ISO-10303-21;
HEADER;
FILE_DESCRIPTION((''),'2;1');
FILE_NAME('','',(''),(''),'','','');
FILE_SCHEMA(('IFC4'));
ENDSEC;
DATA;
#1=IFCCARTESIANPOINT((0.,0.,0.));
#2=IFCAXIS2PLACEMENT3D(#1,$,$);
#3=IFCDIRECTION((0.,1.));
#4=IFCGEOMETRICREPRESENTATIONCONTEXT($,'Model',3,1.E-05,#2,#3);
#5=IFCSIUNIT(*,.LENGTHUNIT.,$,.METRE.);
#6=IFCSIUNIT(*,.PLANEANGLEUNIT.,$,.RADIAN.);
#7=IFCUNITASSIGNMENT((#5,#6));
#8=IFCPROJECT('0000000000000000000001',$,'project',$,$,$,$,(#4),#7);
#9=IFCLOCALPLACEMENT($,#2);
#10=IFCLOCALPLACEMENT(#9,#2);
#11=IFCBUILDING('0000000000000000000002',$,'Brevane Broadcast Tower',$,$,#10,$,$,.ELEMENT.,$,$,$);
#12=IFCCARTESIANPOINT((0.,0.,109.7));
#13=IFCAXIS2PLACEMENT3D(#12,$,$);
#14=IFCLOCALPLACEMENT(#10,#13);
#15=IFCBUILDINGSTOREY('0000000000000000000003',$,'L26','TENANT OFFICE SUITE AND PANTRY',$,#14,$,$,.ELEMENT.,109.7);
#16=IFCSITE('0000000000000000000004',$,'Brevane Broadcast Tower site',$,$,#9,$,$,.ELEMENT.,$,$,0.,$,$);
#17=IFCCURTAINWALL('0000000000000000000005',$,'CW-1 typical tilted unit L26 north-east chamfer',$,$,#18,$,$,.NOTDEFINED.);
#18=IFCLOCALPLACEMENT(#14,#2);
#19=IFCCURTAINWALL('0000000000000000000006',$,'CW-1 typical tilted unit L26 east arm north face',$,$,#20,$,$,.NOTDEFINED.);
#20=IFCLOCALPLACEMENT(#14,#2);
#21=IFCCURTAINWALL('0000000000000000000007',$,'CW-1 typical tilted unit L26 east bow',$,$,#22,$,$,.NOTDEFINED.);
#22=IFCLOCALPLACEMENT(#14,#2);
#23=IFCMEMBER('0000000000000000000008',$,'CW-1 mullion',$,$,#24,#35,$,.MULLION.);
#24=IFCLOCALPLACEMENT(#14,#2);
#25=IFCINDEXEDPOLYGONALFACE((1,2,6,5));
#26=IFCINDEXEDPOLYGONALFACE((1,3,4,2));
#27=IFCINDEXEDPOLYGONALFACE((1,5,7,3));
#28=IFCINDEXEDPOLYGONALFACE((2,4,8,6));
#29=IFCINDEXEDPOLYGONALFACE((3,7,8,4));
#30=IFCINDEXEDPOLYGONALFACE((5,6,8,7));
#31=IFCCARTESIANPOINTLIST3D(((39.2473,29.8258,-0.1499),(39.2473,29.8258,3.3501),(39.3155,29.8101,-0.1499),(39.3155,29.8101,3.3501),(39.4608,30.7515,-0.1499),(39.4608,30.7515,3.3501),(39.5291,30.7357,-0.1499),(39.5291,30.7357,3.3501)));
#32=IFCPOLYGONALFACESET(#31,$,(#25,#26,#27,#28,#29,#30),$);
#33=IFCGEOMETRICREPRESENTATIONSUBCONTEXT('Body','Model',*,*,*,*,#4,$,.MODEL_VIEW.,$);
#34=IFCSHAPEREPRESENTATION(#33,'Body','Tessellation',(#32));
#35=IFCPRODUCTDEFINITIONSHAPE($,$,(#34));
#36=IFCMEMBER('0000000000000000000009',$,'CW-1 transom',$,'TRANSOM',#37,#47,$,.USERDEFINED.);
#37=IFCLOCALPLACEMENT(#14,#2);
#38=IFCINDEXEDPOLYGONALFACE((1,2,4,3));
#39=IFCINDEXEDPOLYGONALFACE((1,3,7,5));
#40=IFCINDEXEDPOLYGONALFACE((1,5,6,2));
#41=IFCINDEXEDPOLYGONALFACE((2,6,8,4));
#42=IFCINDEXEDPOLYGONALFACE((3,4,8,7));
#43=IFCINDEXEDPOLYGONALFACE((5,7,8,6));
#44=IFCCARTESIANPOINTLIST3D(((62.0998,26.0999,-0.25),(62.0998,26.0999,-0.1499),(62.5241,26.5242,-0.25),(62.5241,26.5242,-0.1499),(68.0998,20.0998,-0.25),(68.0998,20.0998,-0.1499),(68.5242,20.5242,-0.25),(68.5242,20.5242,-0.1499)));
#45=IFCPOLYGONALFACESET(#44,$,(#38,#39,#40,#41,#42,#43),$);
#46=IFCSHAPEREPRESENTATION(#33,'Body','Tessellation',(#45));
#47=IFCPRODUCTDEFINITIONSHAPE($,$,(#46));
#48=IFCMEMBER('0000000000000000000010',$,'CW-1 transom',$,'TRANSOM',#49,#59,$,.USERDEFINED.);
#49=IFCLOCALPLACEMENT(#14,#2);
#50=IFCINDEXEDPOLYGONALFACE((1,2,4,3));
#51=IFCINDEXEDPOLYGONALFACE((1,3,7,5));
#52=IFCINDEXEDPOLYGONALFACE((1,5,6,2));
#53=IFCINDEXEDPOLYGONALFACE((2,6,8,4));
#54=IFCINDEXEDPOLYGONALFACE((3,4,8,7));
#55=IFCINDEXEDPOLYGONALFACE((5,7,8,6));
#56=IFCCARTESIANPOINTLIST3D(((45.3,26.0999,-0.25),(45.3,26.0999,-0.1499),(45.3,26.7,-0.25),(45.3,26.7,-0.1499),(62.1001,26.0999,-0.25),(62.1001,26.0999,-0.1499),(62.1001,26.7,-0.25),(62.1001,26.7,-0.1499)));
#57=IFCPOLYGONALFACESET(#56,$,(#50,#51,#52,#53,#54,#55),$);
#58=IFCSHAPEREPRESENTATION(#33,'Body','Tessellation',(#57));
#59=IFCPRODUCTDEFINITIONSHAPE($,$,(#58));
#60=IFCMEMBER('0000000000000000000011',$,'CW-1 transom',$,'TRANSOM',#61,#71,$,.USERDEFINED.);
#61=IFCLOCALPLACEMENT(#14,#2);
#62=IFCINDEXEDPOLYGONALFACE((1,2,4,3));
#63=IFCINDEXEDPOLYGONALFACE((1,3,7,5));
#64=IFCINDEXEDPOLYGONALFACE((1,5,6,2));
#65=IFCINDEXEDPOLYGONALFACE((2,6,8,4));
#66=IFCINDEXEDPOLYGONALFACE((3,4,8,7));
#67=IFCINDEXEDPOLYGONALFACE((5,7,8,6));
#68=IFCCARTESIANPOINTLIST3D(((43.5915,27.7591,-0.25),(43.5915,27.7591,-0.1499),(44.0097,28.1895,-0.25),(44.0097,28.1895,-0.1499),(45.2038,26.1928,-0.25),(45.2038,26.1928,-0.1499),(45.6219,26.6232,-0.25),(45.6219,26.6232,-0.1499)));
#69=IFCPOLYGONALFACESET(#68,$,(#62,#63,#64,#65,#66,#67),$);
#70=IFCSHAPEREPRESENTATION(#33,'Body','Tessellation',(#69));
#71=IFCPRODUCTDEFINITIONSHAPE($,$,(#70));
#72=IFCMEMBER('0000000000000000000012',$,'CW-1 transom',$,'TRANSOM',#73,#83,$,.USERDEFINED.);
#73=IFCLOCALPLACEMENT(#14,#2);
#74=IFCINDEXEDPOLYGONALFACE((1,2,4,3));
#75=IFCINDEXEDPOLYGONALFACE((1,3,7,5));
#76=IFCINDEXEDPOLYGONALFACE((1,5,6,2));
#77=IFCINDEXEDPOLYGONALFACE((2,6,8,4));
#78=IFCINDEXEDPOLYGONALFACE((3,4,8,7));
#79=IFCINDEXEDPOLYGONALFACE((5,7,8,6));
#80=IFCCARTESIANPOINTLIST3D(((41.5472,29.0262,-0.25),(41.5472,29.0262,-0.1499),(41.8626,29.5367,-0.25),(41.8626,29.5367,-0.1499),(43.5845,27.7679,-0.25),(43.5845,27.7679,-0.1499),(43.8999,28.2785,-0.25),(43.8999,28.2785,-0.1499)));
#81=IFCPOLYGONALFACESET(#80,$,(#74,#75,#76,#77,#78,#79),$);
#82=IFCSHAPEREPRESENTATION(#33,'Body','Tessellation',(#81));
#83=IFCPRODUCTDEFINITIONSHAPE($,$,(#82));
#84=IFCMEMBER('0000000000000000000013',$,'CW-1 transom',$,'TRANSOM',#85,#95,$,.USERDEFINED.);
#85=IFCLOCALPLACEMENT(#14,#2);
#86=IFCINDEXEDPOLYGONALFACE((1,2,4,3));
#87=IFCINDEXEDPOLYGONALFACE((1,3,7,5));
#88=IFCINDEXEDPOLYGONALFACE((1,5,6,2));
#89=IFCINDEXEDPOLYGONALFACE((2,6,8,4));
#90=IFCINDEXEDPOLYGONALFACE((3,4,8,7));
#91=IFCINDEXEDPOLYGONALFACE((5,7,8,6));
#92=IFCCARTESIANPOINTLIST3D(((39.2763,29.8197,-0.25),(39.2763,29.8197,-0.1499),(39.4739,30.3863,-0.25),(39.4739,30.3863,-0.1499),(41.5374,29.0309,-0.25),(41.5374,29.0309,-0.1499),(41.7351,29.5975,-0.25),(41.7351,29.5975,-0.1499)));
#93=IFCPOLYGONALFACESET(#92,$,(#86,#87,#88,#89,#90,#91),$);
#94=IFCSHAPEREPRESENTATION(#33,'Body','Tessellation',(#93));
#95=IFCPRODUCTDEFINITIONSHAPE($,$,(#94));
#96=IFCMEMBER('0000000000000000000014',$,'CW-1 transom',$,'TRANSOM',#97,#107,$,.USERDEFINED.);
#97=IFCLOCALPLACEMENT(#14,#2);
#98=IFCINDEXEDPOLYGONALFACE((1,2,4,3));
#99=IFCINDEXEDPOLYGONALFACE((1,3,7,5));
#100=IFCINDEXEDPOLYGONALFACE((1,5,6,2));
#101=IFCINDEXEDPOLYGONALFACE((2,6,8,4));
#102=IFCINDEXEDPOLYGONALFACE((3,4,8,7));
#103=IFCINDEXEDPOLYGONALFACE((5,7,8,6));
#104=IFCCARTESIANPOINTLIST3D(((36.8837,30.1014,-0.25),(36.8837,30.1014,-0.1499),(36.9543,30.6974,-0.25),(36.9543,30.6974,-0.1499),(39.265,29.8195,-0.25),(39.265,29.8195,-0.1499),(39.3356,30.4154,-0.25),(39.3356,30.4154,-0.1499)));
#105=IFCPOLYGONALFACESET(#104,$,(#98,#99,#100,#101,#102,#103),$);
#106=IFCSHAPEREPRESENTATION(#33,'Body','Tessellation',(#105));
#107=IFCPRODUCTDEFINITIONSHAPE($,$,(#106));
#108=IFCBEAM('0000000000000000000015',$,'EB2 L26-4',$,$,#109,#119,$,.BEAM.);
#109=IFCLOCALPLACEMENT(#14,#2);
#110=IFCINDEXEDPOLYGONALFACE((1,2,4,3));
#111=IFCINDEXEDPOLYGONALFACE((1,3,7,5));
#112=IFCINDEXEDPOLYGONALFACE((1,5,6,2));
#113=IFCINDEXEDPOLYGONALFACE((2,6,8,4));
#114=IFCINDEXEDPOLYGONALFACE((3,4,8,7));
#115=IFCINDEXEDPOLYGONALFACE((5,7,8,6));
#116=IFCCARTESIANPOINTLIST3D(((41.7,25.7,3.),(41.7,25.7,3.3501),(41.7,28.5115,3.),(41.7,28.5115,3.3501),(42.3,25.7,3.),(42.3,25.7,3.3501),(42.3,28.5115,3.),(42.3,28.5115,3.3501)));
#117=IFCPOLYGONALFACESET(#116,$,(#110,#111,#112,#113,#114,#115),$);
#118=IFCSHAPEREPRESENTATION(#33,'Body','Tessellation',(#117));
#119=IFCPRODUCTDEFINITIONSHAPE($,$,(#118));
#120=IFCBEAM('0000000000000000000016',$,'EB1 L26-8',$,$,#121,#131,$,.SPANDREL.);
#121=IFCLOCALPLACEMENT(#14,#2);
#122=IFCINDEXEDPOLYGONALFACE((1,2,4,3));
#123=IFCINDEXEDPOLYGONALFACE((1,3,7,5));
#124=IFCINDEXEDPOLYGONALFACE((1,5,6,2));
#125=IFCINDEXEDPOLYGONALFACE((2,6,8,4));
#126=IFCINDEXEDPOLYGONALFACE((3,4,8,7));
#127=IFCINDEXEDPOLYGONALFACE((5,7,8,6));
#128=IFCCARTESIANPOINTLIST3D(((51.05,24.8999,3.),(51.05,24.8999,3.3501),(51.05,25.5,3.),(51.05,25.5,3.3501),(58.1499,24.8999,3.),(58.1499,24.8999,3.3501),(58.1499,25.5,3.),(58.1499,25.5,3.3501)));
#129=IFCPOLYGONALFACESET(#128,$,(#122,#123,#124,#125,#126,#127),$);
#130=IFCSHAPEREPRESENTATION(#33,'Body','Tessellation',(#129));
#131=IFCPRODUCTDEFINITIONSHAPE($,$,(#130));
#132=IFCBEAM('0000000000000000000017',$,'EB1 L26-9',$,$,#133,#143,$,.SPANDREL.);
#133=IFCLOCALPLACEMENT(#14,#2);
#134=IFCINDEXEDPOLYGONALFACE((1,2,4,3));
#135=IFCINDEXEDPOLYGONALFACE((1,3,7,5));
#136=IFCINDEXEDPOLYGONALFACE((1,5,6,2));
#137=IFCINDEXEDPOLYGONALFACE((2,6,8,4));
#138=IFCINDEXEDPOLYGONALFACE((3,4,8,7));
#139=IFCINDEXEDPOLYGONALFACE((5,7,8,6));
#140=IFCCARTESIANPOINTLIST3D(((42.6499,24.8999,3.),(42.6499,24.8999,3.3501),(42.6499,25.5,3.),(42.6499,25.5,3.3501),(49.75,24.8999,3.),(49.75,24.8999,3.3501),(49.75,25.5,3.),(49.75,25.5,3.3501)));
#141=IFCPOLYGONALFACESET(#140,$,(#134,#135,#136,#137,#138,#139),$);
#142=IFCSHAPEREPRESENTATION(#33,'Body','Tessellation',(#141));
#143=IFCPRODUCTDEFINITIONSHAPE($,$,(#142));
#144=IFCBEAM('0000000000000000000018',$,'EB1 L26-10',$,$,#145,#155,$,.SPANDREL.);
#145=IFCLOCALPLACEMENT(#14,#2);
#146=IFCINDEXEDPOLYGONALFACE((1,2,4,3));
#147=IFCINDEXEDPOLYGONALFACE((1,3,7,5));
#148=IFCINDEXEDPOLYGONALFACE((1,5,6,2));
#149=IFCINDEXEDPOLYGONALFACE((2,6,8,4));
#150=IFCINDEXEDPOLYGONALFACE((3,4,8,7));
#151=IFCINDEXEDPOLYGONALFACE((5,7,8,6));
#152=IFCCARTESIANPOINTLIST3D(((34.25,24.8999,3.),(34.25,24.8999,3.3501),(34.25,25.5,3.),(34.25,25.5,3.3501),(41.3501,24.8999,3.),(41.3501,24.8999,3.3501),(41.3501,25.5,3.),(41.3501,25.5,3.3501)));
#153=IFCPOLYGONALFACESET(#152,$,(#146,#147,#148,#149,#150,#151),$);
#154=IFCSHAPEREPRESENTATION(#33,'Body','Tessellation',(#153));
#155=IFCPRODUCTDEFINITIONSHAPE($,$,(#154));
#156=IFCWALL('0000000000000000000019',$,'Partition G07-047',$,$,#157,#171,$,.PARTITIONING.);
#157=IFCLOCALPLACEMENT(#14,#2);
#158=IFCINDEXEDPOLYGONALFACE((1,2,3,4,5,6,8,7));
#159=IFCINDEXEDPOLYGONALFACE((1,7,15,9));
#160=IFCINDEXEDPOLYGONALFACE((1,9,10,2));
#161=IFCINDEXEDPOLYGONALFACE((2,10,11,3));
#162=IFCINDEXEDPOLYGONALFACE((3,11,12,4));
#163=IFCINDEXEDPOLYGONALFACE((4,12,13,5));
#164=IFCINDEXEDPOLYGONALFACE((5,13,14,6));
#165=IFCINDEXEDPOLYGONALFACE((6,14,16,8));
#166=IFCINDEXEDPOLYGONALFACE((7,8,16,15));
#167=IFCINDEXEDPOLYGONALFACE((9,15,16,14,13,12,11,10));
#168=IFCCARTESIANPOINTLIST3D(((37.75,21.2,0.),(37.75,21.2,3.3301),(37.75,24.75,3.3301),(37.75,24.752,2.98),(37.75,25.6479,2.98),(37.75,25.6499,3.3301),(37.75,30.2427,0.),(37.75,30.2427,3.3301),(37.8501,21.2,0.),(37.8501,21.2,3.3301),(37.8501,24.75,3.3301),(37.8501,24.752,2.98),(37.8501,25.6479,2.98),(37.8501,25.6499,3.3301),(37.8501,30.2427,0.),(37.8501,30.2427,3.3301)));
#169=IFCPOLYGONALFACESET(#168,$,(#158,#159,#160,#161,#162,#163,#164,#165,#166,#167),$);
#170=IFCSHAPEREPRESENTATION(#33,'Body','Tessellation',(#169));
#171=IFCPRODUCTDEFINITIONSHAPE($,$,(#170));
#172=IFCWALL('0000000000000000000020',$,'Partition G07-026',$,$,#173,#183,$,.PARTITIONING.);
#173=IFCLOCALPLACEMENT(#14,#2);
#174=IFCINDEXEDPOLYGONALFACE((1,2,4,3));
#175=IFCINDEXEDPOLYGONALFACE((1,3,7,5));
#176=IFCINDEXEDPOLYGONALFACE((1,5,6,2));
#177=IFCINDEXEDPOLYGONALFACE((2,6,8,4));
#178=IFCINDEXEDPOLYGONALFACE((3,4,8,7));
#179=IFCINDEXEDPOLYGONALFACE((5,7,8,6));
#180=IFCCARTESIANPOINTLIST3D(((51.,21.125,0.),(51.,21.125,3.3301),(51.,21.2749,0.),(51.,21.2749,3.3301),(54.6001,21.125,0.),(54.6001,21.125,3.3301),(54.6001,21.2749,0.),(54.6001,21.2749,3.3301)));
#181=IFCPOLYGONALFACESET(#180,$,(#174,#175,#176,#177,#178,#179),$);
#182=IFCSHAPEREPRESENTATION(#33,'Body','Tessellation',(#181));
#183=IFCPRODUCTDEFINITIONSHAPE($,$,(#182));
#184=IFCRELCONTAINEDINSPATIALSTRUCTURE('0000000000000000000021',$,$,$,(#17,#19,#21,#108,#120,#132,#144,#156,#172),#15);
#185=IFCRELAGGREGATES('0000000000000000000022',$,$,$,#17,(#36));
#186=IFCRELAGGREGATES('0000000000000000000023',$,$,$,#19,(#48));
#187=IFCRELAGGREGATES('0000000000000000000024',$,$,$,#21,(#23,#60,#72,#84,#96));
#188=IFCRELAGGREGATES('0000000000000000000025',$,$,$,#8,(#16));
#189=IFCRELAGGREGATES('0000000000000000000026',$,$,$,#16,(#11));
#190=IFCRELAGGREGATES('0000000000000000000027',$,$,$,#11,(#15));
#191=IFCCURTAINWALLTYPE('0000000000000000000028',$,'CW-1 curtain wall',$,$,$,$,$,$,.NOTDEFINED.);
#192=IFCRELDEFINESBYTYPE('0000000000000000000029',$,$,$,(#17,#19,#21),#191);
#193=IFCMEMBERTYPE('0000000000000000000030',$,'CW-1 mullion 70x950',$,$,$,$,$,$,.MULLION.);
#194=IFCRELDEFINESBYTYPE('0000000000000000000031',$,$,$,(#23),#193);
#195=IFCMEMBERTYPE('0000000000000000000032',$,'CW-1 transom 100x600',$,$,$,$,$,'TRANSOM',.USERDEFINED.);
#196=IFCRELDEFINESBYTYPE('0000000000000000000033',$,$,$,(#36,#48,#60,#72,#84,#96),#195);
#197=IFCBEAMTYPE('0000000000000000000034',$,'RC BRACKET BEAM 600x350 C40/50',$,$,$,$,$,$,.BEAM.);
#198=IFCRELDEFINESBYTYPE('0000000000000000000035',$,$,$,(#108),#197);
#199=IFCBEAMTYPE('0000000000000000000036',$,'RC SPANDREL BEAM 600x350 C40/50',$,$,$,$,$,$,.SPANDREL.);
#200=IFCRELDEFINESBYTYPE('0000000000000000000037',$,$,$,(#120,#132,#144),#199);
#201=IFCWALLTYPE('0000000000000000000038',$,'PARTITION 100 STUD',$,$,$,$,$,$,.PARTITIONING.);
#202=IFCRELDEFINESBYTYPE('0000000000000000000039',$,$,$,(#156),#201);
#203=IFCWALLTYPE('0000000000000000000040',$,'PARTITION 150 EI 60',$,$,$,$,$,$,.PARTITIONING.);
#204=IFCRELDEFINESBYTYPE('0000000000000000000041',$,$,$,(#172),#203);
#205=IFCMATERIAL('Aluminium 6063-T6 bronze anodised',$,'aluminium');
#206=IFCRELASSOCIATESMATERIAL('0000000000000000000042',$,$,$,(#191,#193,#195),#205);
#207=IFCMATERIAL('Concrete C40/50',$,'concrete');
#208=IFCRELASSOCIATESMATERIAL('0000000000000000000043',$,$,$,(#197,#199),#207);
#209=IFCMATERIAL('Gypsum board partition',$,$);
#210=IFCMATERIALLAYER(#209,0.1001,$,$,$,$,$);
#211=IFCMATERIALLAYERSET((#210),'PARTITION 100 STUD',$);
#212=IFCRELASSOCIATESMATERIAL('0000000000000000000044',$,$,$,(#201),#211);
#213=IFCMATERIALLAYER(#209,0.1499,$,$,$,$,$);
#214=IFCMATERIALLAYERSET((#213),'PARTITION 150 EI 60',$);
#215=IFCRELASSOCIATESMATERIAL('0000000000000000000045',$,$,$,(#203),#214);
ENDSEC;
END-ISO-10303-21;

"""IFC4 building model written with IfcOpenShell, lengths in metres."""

from ifc_helpers import new_model, si_unit, direction, frame, frame_2d, origin, origin_2d, place, context, subcontext, project, spatial, polyline, rectangle, outline, extrude, material, layer, layer_set, material_profile, profile_set, type_object, element, aggregate, save


model = new_model("IFC4")

# Units and contexts
model_context = context("Model", 3, precision=1e-05, world=origin(), true_north=direction((0.0, 1.0)))
body_context = subcontext(model_context, "Body", "Model", "MODEL_VIEW")
ifc_project = project(units=[si_unit("LENGTHUNIT", "METRE"), si_unit("PLANEANGLEUNIT", "RADIAN")], contexts=[model_context])

# Site, building, storey
site_placement = place(None, origin())
site = spatial("IfcSite", under=ifc_project, at=site_placement, Name="Brevane Broadcast Tower site", CompositionType="ELEMENT", RefElevation=0.0)
building_placement = place(site_placement, origin())
building = spatial("IfcBuilding", under=site, at=building_placement, Name="Brevane Broadcast Tower", CompositionType="ELEMENT")
storey_placement = place(building_placement, frame((0.0, 0.0, 109.7)))
storey = spatial("IfcBuildingStorey", under=building, at=storey_placement, Name="L26", Description="TENANT OFFICE SUITE AND PANTRY", CompositionType="ELEMENT", Elevation=109.7)

# Shared definitions
ifc_material_1 = material(Name="Aluminium 6063-T6 bronze anodised", Category="aluminium")
curtain_wall_type = type_object("IfcCurtainWallType", Name="CW-1 curtain wall", PredefinedType="NOTDEFINED", material=ifc_material_1)
ifc_material_profile_1 = material_profile(ifc_material_1, rectangle(XDim=0.95, YDim=0.0701, at=origin_2d()), Name="RECT 70x950")
ifc_profile_set_1 = profile_set([ifc_material_profile_1], Name="Aluminium 6063-T6 bronze anodised")
member_type_1 = type_object("IfcMemberType", Name="CW-1 mullion 70x950", PredefinedType="MULLION", material=ifc_profile_set_1)

# Curtain walls, member
curtain_wall_1_placement = place(storey_placement, origin())
curtain_wall_1 = element("IfcCurtainWall", 1, at=curtain_wall_1_placement, inside=storey, type_object=curtain_wall_type, Name="CW-1 typical tilted unit L26 north-east chamfer", PredefinedType="NOTDEFINED")
curtain_wall_2_placement = place(storey_placement, origin())
curtain_wall_2 = element("IfcCurtainWall", 2, at=curtain_wall_2_placement, inside=storey, type_object=curtain_wall_type, Name="CW-1 typical tilted unit L26 east arm north face", PredefinedType="NOTDEFINED")
curtain_wall_3_placement = place(storey_placement, origin())
curtain_wall_3 = element("IfcCurtainWall", 3, at=curtain_wall_3_placement, inside=storey, type_object=curtain_wall_type, Name="CW-1 typical tilted unit L26 east bow", PredefinedType="NOTDEFINED")
member_1_placement = place(storey_placement, frame((39.3882, 30.2808, -0.1499), z_axis=(0.0, 0.0, 1.0), x_axis=(-0.224806, -0.974403, 0.0)))
member_1 = element("IfcMember", 4, at=member_1_placement, type_object=member_type_1, Name="CW-1 mullion", PredefinedType="MULLION", context=body_context, shape_type="SweptSolid", body=[
    extrude(rectangle(XDim=0.95, YDim=0.0701, at=origin_2d()), origin(), (0.0, 0.0, 1.0), 3.5),
])

# Members
ifc_material_profile_2 = material_profile(ifc_material_1, rectangle(XDim=0.6001, YDim=0.1001, at=origin_2d()), Name="RECT 100x600")
ifc_profile_set_2 = profile_set([ifc_material_profile_2], Name="Aluminium 6063-T6 bronze anodised")
member_type_2 = type_object("IfcMemberType", Name="CW-1 transom 100x600", ElementType="TRANSOM", PredefinedType="USERDEFINED", material=ifc_profile_set_2)
member_2_placement = place(storey_placement, frame((68.312, 20.312, -0.2), z_axis=(-0.707107, 0.707107, 0.0), x_axis=(-0.707107, -0.707107, 0.0)))
member_2 = element("IfcMember", 5, at=member_2_placement, type_object=member_type_2, Name="CW-1 transom", ObjectType="TRANSOM", PredefinedType="USERDEFINED", context=body_context, shape_type="SweptSolid", body=[
    extrude(rectangle(XDim=0.6001, YDim=0.1001, at=origin_2d()), origin(), (0.0, 0.0, 1.0), 8.4854),
])
aggregate(curtain_wall_1, [member_2])
member_3_placement = place(storey_placement, frame((62.1001, 26.3999, -0.2), z_axis=(-1.0, 0.0, 0.0), x_axis=(0.0, -1.0, 0.0)))
member_3 = element("IfcMember", 6, at=member_3_placement, type_object=member_type_2, Name="CW-1 transom", ObjectType="TRANSOM", PredefinedType="USERDEFINED", context=body_context, shape_type="SweptSolid", body=[
    extrude(rectangle(XDim=0.6001, YDim=0.1001, at=origin_2d()), origin(), (0.0, 0.0, 1.0), 16.8),
])
aggregate(curtain_wall_2, [member_3])
member_4_placement = place(storey_placement, frame((45.4128, 26.408, -0.2), z_axis=(-0.717242, 0.696824, 0.0), x_axis=(-0.696824, -0.717242, 0.0)))
member_4 = element("IfcMember", 7, at=member_4_placement, type_object=member_type_2, Name="CW-1 transom", ObjectType="TRANSOM", PredefinedType="USERDEFINED", context=body_context, shape_type="SweptSolid", body=[
    extrude(rectangle(XDim=0.6001, YDim=0.1001, at=origin_2d()), origin(), (0.0, 0.0, 1.0), 2.2478),
])
member_5_placement = place(storey_placement, frame((43.7422, 28.0232, -0.2), z_axis=(-0.85081, 0.525473, 0.0), x_axis=(-0.525473, -0.85081, 0.0)))
member_5 = element("IfcMember", 8, at=member_5_placement, type_object=member_type_2, Name="CW-1 transom", ObjectType="TRANSOM", PredefinedType="USERDEFINED", context=body_context, shape_type="SweptSolid", body=[
    extrude(rectangle(XDim=0.6001, YDim=0.1001, at=origin_2d()), origin(), (0.0, 0.0, 1.0), 2.3945),
])
member_6_placement = place(storey_placement, frame((41.6362, 29.3142, -0.2), z_axis=(-0.944198, 0.329378, 0.0), x_axis=(-0.329378, -0.944198, 0.0)))
member_6 = element("IfcMember", 9, at=member_6_placement, type_object=member_type_2, Name="CW-1 transom", ObjectType="TRANSOM", PredefinedType="USERDEFINED", context=body_context, shape_type="SweptSolid", body=[
    extrude(rectangle(XDim=0.6001, YDim=0.1001, at=origin_2d()), origin(), (0.0, 0.0, 1.0), 2.3948),
])
member_7_placement = place(storey_placement, frame((39.3003, 30.1174, -0.2), z_axis=(-0.993062, 0.117591, 0.0), x_axis=(-0.117591, -0.993062, 0.0)))
member_7 = element("IfcMember", 10, at=member_7_placement, type_object=member_type_2, Name="CW-1 transom", ObjectType="TRANSOM", PredefinedType="USERDEFINED", context=body_context, shape_type="SweptSolid", body=[
    extrude(rectangle(XDim=0.6001, YDim=0.1001, at=origin_2d()), origin(), (0.0, 0.0, 1.0), 2.3979),
])
aggregate(curtain_wall_3, [member_1, member_4, member_5, member_6, member_7])

# Beams
ifc_material_2 = material(Name="Concrete C40/50", Category="concrete")
ifc_material_profile_3 = material_profile(ifc_material_2, rectangle(XDim=0.6001, YDim=0.3501, at=origin_2d()), Name="RC 600x350")
ifc_profile_set_3 = profile_set([ifc_material_profile_3], Name="Concrete C40/50")
beam_type_1 = type_object("IfcBeamType", Name="RC BRACKET BEAM 600x350 C40/50", PredefinedType="BEAM", material=ifc_profile_set_3)
beam_1_placement = place(storey_placement, frame((42.0, 25.7, 3.175), z_axis=(0.0, 1.0, 0.0), x_axis=(-1.0, 0.0, 0.0)))
element("IfcBeam", 11, at=beam_1_placement, inside=storey, type_object=beam_type_1, Name="EB2 L26-4", PredefinedType="BEAM", context=body_context, shape_type="SweptSolid", body=[
    extrude(rectangle(XDim=0.6001, YDim=0.3501, at=origin_2d()), origin(), (0.0, 0.0, 1.0), 2.8115),
])
ifc_material_profile_4 = material_profile(ifc_material_2, rectangle(XDim=0.6001, YDim=0.3501, at=origin_2d()), Name="RC 600x350")
ifc_profile_set_4 = profile_set([ifc_material_profile_4], Name="Concrete C40/50")
beam_type_2 = type_object("IfcBeamType", Name="RC SPANDREL BEAM 600x350 C40/50", PredefinedType="SPANDREL", material=ifc_profile_set_4)
beam_2_placement = place(storey_placement, frame((58.1499, 25.2, 3.175), z_axis=(-1.0, 0.0, 0.0), x_axis=(0.0, -1.0, 0.0)))
element("IfcBeam", 12, at=beam_2_placement, inside=storey, type_object=beam_type_2, Name="EB1 L26-8", PredefinedType="SPANDREL", context=body_context, shape_type="SweptSolid", body=[
    extrude(rectangle(XDim=0.6001, YDim=0.3501, at=origin_2d()), origin(), (0.0, 0.0, 1.0), 7.0999),
])
for number, where, z_axis, x_axis, name in (
    (13, (49.75, 25.2, 3.175), (-1.0, 0.0, 0.0), (0.0, -1.0, 0.0), "EB1 L26-9"),
    (14, (41.3501, 25.2, 3.175), (-1.0, 0.0, 0.0), (0.0, -1.0, 0.0), "EB1 L26-10"),
):
    element("IfcBeam", number, at=place(storey_placement, frame(where, z_axis=z_axis, x_axis=x_axis)), inside=storey, type_object=beam_type_2, Name=name, PredefinedType="SPANDREL", context=body_context, shape_type="SweptSolid", body=[
        extrude(rectangle(XDim=0.6001, YDim=0.3501, at=origin_2d()), origin(), (0.0, 0.0, 1.0), 7.1001),
    ])

# Wall
ifc_material_3 = material(Name="Gypsum board partition")
ifc_layer_1 = layer(ifc_material_3, 0.1001)
ifc_layer_set_1 = layer_set([ifc_layer_1], Name="PARTITION 100 STUD")
wall_type_1 = type_object("IfcWallType", Name="PARTITION 100 STUD", PredefinedType="PARTITIONING", material=ifc_layer_set_1)
wall_1_placement = place(storey_placement, frame((37.8, 30.2427, 0.0), z_axis=(0.0, 0.0, 1.0), x_axis=(0.0, -1.0, 0.0)))
element("IfcWall", 15, at=wall_1_placement, inside=storey, type_object=wall_type_1, Name="Partition G07-047", PredefinedType="PARTITIONING", context=body_context, shape_type="SweptSolid", body=[
    extrude(outline(polyline([(0.0, 0.0), (9.0427, 0.0), (9.0427, 3.3301), (5.4927, 3.3301), (5.4907, 2.98), (4.5947, 2.98), (4.5928, 3.3301), (0.0, 3.3301), (0.0, 0.0)])), frame((0.0, 0.05, 0.0), z_axis=(0.0, -1.0, 0.0), x_axis=(1.0, 0.0, 0.0)), (0.0, 0.0, 1.0), 0.1001),
])

# Shared definitions
ifc_layer_2 = layer(ifc_material_3, 0.1499)
ifc_layer_set_2 = layer_set([ifc_layer_2], Name="PARTITION 150 EI 60")
wall_type_2 = type_object("IfcWallType", Name="PARTITION 150 EI 60", PredefinedType="PARTITIONING", material=ifc_layer_set_2)

# Wall
wall_2_placement = place(storey_placement, frame((51.0, 21.2, 0.0), z_axis=(0.0, 0.0, 1.0), x_axis=(1.0, 0.0, 0.0)))
element("IfcWall", 16, at=wall_2_placement, inside=storey, type_object=wall_type_2, Name="Partition G07-026", PredefinedType="PARTITIONING", context=body_context, shape_type="SweptSolid", body=[
    extrude(rectangle(XDim=3.6001, YDim=0.1499, at=frame_2d((1.8, 0.0))), origin(), (0.0, 0.0, 1.0), 3.3301),
])

save(model, "model.ifc")
